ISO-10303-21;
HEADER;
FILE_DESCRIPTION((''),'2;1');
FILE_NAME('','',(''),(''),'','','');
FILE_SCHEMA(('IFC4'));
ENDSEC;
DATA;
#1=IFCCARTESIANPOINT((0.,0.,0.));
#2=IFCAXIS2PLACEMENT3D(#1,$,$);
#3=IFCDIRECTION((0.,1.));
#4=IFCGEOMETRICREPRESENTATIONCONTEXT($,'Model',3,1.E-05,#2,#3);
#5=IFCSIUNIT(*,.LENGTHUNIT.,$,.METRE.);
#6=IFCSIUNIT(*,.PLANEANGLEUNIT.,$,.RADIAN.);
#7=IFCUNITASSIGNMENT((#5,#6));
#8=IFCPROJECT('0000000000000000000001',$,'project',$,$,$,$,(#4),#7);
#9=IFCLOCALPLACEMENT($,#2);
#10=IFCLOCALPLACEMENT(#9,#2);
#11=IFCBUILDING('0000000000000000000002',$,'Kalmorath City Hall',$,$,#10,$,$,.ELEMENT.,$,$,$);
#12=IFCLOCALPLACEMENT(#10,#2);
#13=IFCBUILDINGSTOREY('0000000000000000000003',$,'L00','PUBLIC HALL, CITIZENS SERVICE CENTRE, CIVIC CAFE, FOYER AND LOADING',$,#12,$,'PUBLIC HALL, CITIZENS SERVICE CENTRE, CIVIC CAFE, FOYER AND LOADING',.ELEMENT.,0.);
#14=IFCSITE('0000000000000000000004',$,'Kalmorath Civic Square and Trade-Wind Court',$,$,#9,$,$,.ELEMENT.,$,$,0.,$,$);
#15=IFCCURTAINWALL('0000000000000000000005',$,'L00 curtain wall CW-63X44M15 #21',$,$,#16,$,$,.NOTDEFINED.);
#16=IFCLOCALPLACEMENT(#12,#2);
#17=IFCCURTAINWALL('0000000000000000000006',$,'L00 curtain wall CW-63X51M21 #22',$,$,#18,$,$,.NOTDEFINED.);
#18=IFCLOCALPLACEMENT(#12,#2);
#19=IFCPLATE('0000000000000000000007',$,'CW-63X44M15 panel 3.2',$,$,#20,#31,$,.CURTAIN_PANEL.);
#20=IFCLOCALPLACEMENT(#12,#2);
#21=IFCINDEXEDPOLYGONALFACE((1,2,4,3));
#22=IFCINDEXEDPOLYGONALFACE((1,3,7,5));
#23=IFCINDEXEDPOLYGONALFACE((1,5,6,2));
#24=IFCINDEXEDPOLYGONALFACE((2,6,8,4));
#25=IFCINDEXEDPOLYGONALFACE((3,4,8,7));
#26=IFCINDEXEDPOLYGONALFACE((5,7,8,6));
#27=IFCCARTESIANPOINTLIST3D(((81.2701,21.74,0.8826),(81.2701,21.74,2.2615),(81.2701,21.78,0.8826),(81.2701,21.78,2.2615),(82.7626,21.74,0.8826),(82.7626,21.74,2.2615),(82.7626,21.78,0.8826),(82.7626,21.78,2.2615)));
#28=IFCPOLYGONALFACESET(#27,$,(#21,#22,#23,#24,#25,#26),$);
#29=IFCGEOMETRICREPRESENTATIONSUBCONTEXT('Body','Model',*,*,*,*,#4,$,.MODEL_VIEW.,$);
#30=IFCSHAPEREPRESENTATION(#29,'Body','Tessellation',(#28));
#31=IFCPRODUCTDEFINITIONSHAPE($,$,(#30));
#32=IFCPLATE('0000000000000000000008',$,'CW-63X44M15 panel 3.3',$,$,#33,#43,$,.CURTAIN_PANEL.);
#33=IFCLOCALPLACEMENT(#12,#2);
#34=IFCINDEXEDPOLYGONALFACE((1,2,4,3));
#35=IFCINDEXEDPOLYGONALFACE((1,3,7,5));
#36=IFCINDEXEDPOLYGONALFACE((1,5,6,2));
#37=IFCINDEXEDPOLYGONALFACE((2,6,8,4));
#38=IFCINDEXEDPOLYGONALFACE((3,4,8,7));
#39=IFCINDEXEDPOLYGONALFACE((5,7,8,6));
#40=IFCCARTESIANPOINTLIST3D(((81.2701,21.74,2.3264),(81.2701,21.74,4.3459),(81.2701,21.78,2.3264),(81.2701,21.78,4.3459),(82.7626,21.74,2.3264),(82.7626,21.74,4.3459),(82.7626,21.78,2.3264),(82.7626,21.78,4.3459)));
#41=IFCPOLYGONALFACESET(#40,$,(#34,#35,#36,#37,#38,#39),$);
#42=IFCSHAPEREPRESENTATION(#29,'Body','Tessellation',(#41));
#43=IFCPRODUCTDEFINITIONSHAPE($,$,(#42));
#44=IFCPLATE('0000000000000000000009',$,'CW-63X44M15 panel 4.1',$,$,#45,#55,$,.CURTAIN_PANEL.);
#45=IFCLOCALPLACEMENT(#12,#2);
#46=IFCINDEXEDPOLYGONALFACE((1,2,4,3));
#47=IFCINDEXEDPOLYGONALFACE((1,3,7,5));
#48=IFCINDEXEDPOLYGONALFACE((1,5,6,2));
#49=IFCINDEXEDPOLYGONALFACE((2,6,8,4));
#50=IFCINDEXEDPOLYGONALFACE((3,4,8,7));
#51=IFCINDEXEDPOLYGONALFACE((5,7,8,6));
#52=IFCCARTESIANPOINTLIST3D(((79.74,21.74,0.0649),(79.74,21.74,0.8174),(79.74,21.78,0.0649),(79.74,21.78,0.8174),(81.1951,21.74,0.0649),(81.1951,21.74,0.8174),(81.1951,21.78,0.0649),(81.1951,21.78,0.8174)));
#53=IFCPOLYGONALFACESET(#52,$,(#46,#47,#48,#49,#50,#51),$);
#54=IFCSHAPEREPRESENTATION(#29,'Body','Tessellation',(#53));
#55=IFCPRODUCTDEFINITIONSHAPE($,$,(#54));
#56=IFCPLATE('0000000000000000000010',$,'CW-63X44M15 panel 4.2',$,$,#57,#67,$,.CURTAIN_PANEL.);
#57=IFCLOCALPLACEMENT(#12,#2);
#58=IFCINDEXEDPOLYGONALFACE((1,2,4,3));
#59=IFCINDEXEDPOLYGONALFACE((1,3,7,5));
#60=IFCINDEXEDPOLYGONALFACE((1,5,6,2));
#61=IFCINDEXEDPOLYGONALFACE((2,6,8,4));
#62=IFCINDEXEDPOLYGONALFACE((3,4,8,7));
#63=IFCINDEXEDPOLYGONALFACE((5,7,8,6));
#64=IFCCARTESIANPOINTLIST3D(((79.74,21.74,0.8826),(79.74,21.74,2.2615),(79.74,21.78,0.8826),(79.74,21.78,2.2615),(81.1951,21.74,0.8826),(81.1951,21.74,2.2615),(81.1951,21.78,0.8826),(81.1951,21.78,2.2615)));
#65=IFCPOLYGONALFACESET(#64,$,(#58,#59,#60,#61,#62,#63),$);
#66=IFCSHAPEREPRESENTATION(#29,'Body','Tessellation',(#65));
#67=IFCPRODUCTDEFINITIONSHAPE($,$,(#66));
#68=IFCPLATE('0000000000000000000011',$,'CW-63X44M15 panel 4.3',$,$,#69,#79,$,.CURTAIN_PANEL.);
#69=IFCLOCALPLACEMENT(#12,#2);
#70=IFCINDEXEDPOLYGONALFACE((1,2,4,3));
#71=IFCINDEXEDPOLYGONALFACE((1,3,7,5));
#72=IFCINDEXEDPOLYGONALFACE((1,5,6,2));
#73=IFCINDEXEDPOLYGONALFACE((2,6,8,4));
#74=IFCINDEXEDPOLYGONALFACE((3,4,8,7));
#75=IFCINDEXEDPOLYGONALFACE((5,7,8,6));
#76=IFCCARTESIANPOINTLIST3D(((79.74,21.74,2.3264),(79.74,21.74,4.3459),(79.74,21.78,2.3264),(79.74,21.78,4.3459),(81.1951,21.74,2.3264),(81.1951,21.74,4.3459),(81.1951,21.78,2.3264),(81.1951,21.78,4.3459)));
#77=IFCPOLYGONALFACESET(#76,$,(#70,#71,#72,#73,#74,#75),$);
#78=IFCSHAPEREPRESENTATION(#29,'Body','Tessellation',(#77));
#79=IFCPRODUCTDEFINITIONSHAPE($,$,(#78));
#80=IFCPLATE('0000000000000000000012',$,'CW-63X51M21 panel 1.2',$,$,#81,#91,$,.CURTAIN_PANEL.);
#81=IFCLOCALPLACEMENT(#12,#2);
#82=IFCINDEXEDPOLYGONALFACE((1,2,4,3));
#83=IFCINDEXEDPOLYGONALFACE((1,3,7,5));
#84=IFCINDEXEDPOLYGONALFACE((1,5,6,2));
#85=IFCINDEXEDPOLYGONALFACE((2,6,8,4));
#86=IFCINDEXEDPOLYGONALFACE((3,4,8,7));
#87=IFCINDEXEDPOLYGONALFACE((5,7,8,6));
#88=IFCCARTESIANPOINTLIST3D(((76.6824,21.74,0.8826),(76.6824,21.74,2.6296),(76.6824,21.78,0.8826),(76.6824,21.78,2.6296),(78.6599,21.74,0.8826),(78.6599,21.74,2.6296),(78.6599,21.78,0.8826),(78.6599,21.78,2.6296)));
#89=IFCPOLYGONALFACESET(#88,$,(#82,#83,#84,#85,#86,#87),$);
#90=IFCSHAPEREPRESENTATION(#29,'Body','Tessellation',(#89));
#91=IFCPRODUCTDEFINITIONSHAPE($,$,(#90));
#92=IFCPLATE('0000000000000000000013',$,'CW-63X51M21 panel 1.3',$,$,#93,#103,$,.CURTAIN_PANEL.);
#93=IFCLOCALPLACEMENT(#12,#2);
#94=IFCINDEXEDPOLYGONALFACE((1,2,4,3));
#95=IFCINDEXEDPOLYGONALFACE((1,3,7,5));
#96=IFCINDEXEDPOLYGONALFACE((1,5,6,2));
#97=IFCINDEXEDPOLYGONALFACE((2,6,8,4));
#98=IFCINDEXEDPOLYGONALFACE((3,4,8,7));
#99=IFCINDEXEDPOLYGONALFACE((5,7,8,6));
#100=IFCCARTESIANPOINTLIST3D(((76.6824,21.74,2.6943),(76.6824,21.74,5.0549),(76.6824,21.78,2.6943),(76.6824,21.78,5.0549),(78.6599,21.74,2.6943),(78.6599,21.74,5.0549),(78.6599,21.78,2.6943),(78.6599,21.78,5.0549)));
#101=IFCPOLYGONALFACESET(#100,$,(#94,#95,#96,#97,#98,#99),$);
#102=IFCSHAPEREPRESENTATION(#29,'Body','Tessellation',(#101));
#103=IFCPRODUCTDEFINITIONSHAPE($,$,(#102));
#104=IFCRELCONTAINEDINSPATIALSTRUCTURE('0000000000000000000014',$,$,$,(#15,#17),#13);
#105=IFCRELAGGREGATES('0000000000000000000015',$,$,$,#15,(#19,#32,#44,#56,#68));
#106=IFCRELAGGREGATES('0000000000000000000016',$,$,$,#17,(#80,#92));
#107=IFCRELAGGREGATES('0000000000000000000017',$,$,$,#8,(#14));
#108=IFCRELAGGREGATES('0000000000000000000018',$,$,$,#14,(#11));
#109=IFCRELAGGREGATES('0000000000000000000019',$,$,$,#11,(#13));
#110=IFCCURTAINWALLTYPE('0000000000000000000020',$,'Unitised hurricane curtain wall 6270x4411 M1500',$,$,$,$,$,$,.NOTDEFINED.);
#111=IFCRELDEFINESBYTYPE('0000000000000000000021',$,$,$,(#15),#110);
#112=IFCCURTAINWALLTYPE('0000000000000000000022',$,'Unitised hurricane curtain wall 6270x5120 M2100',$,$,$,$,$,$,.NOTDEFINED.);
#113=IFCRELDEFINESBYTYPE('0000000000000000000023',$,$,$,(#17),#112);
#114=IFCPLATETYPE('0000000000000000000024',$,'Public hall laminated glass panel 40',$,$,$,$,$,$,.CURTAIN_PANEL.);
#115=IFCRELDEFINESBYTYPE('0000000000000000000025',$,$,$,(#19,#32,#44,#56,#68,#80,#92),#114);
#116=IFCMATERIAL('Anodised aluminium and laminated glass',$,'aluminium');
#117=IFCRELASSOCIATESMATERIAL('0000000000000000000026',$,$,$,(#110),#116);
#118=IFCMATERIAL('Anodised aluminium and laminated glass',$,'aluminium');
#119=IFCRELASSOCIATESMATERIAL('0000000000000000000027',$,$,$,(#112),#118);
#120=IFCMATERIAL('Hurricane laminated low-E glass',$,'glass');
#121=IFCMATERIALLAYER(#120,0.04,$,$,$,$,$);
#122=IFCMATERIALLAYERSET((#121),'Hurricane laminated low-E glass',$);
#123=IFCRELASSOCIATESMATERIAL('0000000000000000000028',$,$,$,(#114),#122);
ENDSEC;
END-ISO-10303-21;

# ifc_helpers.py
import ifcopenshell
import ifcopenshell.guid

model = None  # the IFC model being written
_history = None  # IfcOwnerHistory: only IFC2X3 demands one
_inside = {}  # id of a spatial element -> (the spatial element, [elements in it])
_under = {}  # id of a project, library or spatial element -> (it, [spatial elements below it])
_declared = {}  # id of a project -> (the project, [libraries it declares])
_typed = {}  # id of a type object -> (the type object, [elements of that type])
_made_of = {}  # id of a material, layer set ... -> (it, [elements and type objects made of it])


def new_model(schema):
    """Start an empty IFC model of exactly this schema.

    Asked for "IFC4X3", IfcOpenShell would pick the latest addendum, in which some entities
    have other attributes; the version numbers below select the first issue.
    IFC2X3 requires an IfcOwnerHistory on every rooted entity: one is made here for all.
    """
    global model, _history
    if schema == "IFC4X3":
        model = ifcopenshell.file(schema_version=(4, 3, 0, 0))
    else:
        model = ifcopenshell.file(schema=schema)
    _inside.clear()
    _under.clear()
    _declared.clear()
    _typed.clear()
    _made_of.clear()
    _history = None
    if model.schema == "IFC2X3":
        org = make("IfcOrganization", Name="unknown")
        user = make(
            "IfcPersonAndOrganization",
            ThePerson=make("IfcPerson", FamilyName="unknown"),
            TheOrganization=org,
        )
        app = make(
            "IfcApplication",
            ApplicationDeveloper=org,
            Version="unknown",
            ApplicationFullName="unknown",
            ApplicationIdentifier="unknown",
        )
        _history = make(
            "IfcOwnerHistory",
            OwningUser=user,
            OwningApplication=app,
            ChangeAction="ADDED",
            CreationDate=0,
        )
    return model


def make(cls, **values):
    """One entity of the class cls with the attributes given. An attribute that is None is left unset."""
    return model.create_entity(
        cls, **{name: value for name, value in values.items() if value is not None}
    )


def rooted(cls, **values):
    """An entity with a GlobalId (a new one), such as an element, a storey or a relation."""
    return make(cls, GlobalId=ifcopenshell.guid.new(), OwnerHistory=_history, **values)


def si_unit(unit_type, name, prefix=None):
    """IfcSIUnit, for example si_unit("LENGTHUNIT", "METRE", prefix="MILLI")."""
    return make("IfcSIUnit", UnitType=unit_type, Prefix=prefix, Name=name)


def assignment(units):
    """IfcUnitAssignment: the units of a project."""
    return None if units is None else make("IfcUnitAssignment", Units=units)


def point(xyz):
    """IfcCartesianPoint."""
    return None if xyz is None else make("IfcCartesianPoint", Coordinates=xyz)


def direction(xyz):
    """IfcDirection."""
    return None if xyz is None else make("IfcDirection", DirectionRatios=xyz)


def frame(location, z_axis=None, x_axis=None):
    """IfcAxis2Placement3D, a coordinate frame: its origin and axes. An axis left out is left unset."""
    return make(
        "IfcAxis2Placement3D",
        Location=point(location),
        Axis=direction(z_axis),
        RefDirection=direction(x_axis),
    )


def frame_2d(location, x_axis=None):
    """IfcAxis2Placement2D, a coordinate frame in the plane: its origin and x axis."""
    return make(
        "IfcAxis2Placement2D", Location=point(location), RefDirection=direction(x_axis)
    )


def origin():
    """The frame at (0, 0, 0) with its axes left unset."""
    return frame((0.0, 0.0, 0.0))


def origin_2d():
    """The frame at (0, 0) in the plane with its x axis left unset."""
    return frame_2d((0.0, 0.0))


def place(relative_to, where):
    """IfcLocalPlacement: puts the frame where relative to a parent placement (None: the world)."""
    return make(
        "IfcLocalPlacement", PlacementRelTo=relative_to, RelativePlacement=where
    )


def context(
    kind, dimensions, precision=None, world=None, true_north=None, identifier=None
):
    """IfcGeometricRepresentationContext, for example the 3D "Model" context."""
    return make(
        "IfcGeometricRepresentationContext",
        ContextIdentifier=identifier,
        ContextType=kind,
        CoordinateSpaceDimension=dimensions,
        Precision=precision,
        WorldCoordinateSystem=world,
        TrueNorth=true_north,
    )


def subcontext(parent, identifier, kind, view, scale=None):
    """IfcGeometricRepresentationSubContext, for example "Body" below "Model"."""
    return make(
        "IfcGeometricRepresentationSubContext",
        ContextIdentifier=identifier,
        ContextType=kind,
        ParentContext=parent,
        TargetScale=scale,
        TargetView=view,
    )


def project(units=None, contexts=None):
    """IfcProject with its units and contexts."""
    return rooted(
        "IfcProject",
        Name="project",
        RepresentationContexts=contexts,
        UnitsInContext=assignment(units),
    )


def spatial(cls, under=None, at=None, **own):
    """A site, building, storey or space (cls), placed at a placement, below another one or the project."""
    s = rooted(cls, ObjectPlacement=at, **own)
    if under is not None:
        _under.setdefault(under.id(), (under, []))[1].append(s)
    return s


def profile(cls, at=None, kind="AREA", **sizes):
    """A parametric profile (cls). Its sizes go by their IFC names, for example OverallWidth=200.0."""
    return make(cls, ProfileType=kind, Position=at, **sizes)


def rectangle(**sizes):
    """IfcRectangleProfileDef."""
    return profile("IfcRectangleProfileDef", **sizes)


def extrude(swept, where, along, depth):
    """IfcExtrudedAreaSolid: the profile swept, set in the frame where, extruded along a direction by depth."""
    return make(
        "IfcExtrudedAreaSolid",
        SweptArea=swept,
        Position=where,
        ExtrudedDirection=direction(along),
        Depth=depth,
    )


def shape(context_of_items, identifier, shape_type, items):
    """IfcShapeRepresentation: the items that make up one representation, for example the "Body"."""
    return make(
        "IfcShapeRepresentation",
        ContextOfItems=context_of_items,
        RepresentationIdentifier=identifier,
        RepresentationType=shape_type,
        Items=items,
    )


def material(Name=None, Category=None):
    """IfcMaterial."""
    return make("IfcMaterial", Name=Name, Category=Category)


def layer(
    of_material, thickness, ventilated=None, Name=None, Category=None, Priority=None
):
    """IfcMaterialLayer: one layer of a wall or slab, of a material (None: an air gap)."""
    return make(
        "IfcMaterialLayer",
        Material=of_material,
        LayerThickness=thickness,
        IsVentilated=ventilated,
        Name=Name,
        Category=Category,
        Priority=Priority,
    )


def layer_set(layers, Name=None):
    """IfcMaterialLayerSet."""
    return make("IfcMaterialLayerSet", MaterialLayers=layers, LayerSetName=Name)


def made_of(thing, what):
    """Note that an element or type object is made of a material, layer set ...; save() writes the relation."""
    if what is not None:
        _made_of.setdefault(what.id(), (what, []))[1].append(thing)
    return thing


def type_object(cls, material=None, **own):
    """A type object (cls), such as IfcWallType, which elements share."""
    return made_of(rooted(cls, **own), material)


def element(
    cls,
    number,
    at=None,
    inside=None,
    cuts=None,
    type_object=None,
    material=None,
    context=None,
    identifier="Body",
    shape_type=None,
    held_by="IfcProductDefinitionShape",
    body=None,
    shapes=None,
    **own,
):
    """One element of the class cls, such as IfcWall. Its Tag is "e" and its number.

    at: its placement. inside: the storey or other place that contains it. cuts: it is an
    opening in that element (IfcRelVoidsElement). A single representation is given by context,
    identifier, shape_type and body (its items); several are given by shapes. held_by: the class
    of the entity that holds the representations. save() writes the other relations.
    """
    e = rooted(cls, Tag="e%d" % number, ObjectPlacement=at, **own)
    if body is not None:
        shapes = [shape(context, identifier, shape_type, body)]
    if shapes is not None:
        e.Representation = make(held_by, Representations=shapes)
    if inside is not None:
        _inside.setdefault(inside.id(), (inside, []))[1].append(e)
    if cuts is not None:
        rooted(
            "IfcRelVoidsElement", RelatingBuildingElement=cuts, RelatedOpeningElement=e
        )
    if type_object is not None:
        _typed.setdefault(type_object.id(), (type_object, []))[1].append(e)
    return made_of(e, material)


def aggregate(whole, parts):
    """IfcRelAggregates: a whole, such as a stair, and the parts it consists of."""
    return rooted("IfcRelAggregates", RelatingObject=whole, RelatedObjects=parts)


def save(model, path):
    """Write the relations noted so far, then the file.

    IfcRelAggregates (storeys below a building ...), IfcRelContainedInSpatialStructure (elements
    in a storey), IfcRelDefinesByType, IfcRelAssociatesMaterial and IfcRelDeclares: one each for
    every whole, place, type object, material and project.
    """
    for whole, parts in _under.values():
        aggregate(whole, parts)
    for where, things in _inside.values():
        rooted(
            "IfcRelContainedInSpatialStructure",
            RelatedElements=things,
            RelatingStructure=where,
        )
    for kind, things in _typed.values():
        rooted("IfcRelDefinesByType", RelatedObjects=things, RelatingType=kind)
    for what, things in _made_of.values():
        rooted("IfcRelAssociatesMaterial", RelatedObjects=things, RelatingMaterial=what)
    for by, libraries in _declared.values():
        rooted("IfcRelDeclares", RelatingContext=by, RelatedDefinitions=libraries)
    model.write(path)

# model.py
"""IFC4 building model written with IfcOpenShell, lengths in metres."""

from ifc_helpers import new_model, si_unit, direction, frame, origin, origin_2d, place, context, subcontext, project, spatial, rectangle, extrude, material, layer, layer_set, type_object, element, aggregate, save


model = new_model("IFC4")

# Units and contexts
model_context = context("Model", 3, precision=1e-05, world=origin(), true_north=direction((0.0, 1.0)))
body_context = subcontext(model_context, "Body", "Model", "MODEL_VIEW")
ifc_project = project(units=[si_unit("LENGTHUNIT", "METRE"), si_unit("PLANEANGLEUNIT", "RADIAN")], contexts=[model_context])

# Site, building, storey
site_placement = place(None, origin())
site = spatial("IfcSite", under=ifc_project, at=site_placement, Name="Kalmorath Civic Square and Trade-Wind Court", CompositionType="ELEMENT", RefElevation=0.0)
building_placement = place(site_placement, origin())
building = spatial("IfcBuilding", under=site, at=building_placement, Name="Kalmorath City Hall", CompositionType="ELEMENT")
storey_placement = place(building_placement, origin())
storey = spatial("IfcBuildingStorey", under=building, at=storey_placement, Name="L00", Description="PUBLIC HALL, CITIZENS SERVICE CENTRE, CIVIC CAFE, FOYER AND LOADING", LongName="PUBLIC HALL, CITIZENS SERVICE CENTRE, CIVIC CAFE, FOYER AND LOADING", CompositionType="ELEMENT", Elevation=0.0)

# Curtain wall
ifc_material_1 = material(Name="Anodised aluminium and laminated glass", Category="aluminium")
curtain_wall_type_1 = type_object("IfcCurtainWallType", Name="Unitised hurricane curtain wall 6270x4411 M1500", PredefinedType="NOTDEFINED", material=ifc_material_1)
curtain_wall_1_placement = place(storey_placement, origin())
curtain_wall_1 = element("IfcCurtainWall", 1, at=curtain_wall_1_placement, inside=storey, type_object=curtain_wall_type_1, Name="L00 curtain wall CW-63X44M15 #21", PredefinedType="NOTDEFINED")

# Curtain wall
ifc_material_2 = material(Name="Anodised aluminium and laminated glass", Category="aluminium")
curtain_wall_type_2 = type_object("IfcCurtainWallType", Name="Unitised hurricane curtain wall 6270x5120 M2100", PredefinedType="NOTDEFINED", material=ifc_material_2)
curtain_wall_2_placement = place(storey_placement, origin())
curtain_wall_2 = element("IfcCurtainWall", 2, at=curtain_wall_2_placement, inside=storey, type_object=curtain_wall_type_2, Name="L00 curtain wall CW-63X51M21 #22", PredefinedType="NOTDEFINED")

# Plates
ifc_material_3 = material(Name="Hurricane laminated low-E glass", Category="glass")
ifc_layer = layer(ifc_material_3, 0.04)
ifc_layer_set = layer_set([ifc_layer], Name="Hurricane laminated low-E glass")
plate_type = type_object("IfcPlateType", Name="Public hall laminated glass panel 40", PredefinedType="CURTAIN_PANEL", material=ifc_layer_set)
plate_1_placement = place(storey_placement, frame((82.0164, 21.76, 0.8826), z_axis=(0.0, 0.0, 1.0), x_axis=(-1.0, 0.0, 0.0)))
plate_1 = element("IfcPlate", 3, at=plate_1_placement, type_object=plate_type, Name="CW-63X44M15 panel 3.2", PredefinedType="CURTAIN_PANEL", context=body_context, shape_type="SweptSolid", body=[
    extrude(rectangle(XDim=1.4924, YDim=0.04, at=origin_2d()), origin(), (0.0, 0.0, 1.0), 1.3789),
])
plate_2_placement = place(storey_placement, frame((82.0164, 21.76, 2.3264), z_axis=(0.0, 0.0, 1.0), x_axis=(-1.0, 0.0, 0.0)))
plate_2 = element("IfcPlate", 4, at=plate_2_placement, type_object=plate_type, Name="CW-63X44M15 panel 3.3", PredefinedType="CURTAIN_PANEL", context=body_context, shape_type="SweptSolid", body=[
    extrude(rectangle(XDim=1.4924, YDim=0.04, at=origin_2d()), origin(), (0.0, 0.0, 1.0), 2.0195),
])
plate_3_placement = place(storey_placement, frame((80.4675, 21.76, 0.0649), z_axis=(0.0, 0.0, 1.0), x_axis=(-1.0, 0.0, 0.0)))
plate_3 = element("IfcPlate", 5, at=plate_3_placement, type_object=plate_type, Name="CW-63X44M15 panel 4.1", PredefinedType="CURTAIN_PANEL", context=body_context, shape_type="SweptSolid", body=[
    extrude(rectangle(XDim=1.4551, YDim=0.04, at=origin_2d()), origin(), (0.0, 0.0, 1.0), 0.7524),
])
plate_4_placement = place(storey_placement, frame((80.4675, 21.76, 0.8826), z_axis=(0.0, 0.0, 1.0), x_axis=(-1.0, 0.0, 0.0)))
plate_4 = element("IfcPlate", 6, at=plate_4_placement, type_object=plate_type, Name="CW-63X44M15 panel 4.2", PredefinedType="CURTAIN_PANEL", context=body_context, shape_type="SweptSolid", body=[
    extrude(rectangle(XDim=1.4551, YDim=0.04, at=origin_2d()), origin(), (0.0, 0.0, 1.0), 1.3789),
])
plate_5_placement = place(storey_placement, frame((80.4675, 21.76, 2.3264), z_axis=(0.0, 0.0, 1.0), x_axis=(-1.0, 0.0, 0.0)))
plate_5 = element("IfcPlate", 7, at=plate_5_placement, type_object=plate_type, Name="CW-63X44M15 panel 4.3", PredefinedType="CURTAIN_PANEL", context=body_context, shape_type="SweptSolid", body=[
    extrude(rectangle(XDim=1.4551, YDim=0.04, at=origin_2d()), origin(), (0.0, 0.0, 1.0), 2.0195),
])
aggregate(curtain_wall_1, [plate_1, plate_2, plate_3, plate_4, plate_5])
plate_6_placement = place(storey_placement, frame((77.6711, 21.76, 0.8826), z_axis=(0.0, 0.0, 1.0), x_axis=(-1.0, 0.0, 0.0)))
plate_6 = element("IfcPlate", 8, at=plate_6_placement, type_object=plate_type, Name="CW-63X51M21 panel 1.2", PredefinedType="CURTAIN_PANEL", context=body_context, shape_type="SweptSolid", body=[
    extrude(rectangle(XDim=1.9775, YDim=0.04, at=origin_2d()), origin(), (0.0, 0.0, 1.0), 1.7471),
])
plate_7_placement = place(storey_placement, frame((77.6711, 21.76, 2.6943), z_axis=(0.0, 0.0, 1.0), x_axis=(-1.0, 0.0, 0.0)))
plate_7 = element("IfcPlate", 9, at=plate_7_placement, type_object=plate_type, Name="CW-63X51M21 panel 1.3", PredefinedType="CURTAIN_PANEL", context=body_context, shape_type="SweptSolid", body=[
    extrude(rectangle(XDim=1.9775, YDim=0.04, at=origin_2d()), origin(), (0.0, 0.0, 1.0), 2.3606),
])
aggregate(curtain_wall_2, [plate_6, plate_7])

save(model, "model.ifc")
